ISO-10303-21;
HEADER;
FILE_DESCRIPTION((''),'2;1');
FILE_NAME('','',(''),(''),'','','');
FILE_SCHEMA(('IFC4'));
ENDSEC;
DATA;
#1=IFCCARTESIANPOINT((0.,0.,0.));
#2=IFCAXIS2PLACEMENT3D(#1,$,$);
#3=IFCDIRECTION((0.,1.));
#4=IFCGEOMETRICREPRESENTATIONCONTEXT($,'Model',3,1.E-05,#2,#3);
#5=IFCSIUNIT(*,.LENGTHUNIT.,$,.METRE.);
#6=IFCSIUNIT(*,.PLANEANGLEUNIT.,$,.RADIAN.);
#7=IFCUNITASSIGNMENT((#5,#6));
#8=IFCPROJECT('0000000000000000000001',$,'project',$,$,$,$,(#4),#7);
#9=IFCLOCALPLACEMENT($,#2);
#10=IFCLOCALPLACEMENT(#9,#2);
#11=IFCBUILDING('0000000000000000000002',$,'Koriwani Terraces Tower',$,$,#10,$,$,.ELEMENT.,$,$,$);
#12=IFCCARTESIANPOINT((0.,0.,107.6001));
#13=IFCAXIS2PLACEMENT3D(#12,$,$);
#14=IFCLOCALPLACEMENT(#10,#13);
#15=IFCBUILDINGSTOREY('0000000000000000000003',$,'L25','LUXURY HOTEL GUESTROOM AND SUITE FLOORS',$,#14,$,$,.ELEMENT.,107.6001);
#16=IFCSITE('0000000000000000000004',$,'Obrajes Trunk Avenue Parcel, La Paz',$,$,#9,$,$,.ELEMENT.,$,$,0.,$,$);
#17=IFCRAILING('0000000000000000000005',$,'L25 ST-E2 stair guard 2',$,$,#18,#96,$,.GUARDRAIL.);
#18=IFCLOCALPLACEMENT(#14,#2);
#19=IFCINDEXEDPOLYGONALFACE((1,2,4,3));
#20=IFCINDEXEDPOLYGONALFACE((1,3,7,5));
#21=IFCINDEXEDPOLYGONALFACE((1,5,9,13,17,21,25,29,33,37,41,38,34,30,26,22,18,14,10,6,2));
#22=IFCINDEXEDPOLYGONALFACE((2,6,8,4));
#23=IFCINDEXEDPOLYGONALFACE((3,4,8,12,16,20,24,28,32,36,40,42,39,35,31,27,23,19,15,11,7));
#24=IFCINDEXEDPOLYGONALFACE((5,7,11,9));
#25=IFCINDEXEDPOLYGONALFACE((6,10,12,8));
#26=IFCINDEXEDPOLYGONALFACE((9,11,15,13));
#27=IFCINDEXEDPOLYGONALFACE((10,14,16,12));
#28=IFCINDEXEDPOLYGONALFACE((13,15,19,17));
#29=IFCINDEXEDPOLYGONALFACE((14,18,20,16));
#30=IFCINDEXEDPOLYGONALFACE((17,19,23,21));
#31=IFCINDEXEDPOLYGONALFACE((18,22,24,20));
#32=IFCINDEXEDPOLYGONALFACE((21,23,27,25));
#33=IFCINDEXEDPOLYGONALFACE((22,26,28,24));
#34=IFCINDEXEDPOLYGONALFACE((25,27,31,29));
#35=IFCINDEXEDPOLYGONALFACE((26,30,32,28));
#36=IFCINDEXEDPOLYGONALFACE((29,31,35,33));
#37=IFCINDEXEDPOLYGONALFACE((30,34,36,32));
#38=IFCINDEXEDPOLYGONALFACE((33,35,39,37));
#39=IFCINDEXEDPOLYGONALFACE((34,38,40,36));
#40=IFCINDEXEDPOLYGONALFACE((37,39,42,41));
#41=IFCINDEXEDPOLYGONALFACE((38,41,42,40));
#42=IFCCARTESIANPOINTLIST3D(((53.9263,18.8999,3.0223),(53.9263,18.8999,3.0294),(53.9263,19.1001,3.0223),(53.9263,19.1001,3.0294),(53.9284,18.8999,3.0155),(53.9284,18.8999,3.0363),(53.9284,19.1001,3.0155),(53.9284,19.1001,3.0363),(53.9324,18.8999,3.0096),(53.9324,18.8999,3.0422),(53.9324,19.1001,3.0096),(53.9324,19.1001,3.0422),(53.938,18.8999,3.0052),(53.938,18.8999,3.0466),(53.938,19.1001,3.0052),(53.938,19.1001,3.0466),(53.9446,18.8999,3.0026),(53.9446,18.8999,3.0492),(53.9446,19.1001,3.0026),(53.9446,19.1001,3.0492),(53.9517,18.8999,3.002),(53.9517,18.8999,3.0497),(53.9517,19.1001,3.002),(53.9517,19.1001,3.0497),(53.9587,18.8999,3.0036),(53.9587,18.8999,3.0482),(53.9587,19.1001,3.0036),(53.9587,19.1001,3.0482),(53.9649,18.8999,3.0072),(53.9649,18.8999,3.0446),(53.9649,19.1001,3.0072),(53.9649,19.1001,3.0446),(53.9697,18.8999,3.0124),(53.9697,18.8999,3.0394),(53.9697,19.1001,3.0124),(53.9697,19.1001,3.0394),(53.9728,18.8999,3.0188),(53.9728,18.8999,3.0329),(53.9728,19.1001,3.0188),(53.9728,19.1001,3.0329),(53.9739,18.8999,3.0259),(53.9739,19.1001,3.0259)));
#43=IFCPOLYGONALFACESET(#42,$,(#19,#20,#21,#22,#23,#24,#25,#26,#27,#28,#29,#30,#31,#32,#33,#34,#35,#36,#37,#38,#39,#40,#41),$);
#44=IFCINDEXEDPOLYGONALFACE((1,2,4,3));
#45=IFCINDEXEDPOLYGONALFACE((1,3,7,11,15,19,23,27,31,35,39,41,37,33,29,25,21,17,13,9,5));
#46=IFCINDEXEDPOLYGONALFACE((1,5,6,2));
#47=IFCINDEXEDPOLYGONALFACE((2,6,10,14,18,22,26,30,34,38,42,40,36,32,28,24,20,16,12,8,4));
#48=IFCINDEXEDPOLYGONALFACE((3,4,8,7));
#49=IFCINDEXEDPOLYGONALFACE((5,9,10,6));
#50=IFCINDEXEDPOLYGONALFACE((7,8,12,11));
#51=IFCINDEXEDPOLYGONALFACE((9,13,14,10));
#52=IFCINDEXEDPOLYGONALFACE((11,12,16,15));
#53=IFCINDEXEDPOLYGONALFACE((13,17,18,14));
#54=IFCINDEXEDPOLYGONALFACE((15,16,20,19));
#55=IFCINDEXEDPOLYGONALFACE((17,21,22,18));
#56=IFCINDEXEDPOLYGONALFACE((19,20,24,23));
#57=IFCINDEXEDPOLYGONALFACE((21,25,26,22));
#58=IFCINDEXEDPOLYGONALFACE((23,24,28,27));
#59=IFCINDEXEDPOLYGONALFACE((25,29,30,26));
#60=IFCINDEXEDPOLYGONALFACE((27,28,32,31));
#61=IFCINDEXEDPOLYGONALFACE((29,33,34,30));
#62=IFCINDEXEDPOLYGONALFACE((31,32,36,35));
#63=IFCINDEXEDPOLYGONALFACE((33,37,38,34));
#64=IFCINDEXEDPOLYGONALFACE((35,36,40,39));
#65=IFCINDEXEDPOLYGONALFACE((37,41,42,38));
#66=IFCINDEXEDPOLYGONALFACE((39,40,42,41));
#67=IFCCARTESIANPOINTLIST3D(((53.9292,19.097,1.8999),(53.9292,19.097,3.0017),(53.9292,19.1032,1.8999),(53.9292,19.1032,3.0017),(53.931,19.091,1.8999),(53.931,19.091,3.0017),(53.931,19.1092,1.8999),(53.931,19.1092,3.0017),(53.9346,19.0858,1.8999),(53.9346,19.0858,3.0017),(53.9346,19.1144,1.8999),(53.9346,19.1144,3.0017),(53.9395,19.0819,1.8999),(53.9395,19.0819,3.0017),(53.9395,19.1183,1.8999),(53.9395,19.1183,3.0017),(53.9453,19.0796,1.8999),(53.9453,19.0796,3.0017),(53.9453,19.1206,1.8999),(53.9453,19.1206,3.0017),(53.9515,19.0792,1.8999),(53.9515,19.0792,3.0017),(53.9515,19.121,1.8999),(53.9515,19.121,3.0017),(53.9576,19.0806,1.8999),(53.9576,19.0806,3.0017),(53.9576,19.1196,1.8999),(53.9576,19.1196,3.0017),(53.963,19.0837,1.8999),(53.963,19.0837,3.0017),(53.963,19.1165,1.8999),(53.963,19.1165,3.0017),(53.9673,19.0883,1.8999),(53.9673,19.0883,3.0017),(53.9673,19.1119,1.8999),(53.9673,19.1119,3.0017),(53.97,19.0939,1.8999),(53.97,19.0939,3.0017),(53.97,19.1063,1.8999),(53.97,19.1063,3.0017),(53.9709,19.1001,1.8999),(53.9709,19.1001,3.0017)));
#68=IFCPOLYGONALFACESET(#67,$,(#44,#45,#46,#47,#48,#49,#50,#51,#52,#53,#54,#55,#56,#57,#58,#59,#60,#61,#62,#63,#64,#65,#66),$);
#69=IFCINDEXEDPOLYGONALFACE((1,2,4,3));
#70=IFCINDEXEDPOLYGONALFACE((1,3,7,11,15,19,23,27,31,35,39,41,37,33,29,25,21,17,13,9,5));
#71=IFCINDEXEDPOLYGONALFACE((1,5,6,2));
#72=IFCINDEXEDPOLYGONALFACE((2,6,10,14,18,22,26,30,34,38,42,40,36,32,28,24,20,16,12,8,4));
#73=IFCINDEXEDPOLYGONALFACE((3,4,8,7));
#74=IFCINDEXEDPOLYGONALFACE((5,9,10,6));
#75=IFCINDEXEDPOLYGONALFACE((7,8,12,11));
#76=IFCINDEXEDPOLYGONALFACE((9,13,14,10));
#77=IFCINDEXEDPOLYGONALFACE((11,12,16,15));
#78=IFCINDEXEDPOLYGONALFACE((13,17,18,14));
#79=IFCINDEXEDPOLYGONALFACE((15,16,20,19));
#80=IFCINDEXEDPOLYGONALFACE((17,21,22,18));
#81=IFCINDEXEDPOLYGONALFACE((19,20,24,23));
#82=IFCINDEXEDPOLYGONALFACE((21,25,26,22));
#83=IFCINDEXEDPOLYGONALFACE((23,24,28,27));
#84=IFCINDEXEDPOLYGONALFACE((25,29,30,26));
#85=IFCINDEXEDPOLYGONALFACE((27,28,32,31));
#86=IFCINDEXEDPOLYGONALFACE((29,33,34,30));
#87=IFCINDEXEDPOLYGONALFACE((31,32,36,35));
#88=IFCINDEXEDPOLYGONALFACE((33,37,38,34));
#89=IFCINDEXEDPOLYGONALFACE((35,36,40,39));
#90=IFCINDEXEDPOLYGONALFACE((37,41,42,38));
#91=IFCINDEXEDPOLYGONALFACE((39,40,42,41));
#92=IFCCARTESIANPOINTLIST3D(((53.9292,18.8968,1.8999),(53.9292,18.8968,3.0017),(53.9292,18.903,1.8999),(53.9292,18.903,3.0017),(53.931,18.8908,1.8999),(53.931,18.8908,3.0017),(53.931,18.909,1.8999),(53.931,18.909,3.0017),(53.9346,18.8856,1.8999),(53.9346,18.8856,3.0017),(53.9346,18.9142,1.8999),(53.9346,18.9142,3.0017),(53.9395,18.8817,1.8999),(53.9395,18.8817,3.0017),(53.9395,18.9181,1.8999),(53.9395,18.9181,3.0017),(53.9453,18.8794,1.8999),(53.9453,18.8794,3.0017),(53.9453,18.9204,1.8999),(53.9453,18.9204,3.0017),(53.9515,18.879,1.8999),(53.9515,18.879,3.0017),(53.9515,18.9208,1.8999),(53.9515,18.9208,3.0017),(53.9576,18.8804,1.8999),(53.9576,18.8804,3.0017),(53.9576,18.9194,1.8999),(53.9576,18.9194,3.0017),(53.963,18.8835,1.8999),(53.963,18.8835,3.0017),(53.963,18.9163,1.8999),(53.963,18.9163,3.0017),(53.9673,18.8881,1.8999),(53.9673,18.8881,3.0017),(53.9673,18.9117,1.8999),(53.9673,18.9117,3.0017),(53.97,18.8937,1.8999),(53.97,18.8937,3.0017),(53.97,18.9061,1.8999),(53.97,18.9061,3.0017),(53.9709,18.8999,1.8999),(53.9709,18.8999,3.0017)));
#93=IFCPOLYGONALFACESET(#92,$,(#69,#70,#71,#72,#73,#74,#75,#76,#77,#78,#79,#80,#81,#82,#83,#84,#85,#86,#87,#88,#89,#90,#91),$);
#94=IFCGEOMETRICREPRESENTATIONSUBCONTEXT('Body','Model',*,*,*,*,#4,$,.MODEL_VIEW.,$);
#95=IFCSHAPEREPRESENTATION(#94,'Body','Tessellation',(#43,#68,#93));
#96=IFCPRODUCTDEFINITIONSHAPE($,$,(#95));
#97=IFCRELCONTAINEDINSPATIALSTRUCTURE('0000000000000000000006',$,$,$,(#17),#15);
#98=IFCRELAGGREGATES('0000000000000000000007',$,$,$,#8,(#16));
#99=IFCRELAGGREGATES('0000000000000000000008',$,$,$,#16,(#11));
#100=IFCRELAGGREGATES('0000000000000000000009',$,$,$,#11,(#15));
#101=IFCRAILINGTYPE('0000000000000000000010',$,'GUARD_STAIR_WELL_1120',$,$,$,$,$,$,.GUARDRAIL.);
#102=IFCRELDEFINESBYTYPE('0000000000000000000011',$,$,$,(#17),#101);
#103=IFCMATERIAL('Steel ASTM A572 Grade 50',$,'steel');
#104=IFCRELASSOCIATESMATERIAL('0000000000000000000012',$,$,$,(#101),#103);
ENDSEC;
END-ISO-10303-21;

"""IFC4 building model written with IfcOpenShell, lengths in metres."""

from ifc_helpers import new_model, si_unit, direction, frame, origin, origin_2d, place, context, subcontext, project, spatial, circle, extrude, material, type_object, element, save


model = new_model("IFC4")

# Units and contexts
model_context = context("Model", 3, precision=1e-05, world=origin(), true_north=direction((0.0, 1.0)))
body_context = subcontext(model_context, "Body", "Model", "MODEL_VIEW")
ifc_project = project(units=[si_unit("LENGTHUNIT", "METRE"), si_unit("PLANEANGLEUNIT", "RADIAN")], contexts=[model_context])

# Site, building, storey
site_placement = place(None, origin())
site = spatial("IfcSite", under=ifc_project, at=site_placement, Name="Obrajes Trunk Avenue Parcel, La Paz", CompositionType="ELEMENT", RefElevation=0.0)
building_placement = place(site_placement, origin())
building = spatial("IfcBuilding", under=site, at=building_placement, Name="Koriwani Terraces Tower", CompositionType="ELEMENT")
storey_placement = place(building_placement, frame((0.0, 0.0, 107.6001)))
storey = spatial("IfcBuildingStorey", under=building, at=storey_placement, Name="L25", Description="LUXURY HOTEL GUESTROOM AND SUITE FLOORS", CompositionType="ELEMENT", Elevation=107.6001)

# Shared definitions
ifc_material_1 = material(Name="Steel ASTM A572 Grade 50", Category="steel")

# Railing
railing_type_1 = type_object("IfcRailingType", Name="GUARD_STAIR_WELL_1120", PredefinedType="GUARDRAIL", material=ifc_material_1)
railing_1_placement = place(storey_placement, frame((53.95, 19.1001, 1.8999)))
element("IfcRailing", 1, at=railing_1_placement, inside=storey, type_object=railing_type_1, Name="L25 ST-E2 stair guard 2", PredefinedType="GUARDRAIL", context=body_context, shape_type="SweptSolid", body=[
    extrude(circle(Radius=0.0239, at=origin_2d()), frame((0.0, 0.0, 1.126), z_axis=(0.0, -1.0, 0.0), x_axis=(1.0, 0.0, 0.0)), (0.0, 0.0, 1.0), 0.2002),
    extrude(circle(Radius=0.021, at=origin_2d()), origin(), (0.0, 0.0, 1.0), 1.1018),
    extrude(circle(Radius=0.021, at=origin_2d()), frame((0.0, -0.2002, 0.0)), (0.0, 0.0, 1.0), 1.1018),
])

save(model, "model.ifc")
